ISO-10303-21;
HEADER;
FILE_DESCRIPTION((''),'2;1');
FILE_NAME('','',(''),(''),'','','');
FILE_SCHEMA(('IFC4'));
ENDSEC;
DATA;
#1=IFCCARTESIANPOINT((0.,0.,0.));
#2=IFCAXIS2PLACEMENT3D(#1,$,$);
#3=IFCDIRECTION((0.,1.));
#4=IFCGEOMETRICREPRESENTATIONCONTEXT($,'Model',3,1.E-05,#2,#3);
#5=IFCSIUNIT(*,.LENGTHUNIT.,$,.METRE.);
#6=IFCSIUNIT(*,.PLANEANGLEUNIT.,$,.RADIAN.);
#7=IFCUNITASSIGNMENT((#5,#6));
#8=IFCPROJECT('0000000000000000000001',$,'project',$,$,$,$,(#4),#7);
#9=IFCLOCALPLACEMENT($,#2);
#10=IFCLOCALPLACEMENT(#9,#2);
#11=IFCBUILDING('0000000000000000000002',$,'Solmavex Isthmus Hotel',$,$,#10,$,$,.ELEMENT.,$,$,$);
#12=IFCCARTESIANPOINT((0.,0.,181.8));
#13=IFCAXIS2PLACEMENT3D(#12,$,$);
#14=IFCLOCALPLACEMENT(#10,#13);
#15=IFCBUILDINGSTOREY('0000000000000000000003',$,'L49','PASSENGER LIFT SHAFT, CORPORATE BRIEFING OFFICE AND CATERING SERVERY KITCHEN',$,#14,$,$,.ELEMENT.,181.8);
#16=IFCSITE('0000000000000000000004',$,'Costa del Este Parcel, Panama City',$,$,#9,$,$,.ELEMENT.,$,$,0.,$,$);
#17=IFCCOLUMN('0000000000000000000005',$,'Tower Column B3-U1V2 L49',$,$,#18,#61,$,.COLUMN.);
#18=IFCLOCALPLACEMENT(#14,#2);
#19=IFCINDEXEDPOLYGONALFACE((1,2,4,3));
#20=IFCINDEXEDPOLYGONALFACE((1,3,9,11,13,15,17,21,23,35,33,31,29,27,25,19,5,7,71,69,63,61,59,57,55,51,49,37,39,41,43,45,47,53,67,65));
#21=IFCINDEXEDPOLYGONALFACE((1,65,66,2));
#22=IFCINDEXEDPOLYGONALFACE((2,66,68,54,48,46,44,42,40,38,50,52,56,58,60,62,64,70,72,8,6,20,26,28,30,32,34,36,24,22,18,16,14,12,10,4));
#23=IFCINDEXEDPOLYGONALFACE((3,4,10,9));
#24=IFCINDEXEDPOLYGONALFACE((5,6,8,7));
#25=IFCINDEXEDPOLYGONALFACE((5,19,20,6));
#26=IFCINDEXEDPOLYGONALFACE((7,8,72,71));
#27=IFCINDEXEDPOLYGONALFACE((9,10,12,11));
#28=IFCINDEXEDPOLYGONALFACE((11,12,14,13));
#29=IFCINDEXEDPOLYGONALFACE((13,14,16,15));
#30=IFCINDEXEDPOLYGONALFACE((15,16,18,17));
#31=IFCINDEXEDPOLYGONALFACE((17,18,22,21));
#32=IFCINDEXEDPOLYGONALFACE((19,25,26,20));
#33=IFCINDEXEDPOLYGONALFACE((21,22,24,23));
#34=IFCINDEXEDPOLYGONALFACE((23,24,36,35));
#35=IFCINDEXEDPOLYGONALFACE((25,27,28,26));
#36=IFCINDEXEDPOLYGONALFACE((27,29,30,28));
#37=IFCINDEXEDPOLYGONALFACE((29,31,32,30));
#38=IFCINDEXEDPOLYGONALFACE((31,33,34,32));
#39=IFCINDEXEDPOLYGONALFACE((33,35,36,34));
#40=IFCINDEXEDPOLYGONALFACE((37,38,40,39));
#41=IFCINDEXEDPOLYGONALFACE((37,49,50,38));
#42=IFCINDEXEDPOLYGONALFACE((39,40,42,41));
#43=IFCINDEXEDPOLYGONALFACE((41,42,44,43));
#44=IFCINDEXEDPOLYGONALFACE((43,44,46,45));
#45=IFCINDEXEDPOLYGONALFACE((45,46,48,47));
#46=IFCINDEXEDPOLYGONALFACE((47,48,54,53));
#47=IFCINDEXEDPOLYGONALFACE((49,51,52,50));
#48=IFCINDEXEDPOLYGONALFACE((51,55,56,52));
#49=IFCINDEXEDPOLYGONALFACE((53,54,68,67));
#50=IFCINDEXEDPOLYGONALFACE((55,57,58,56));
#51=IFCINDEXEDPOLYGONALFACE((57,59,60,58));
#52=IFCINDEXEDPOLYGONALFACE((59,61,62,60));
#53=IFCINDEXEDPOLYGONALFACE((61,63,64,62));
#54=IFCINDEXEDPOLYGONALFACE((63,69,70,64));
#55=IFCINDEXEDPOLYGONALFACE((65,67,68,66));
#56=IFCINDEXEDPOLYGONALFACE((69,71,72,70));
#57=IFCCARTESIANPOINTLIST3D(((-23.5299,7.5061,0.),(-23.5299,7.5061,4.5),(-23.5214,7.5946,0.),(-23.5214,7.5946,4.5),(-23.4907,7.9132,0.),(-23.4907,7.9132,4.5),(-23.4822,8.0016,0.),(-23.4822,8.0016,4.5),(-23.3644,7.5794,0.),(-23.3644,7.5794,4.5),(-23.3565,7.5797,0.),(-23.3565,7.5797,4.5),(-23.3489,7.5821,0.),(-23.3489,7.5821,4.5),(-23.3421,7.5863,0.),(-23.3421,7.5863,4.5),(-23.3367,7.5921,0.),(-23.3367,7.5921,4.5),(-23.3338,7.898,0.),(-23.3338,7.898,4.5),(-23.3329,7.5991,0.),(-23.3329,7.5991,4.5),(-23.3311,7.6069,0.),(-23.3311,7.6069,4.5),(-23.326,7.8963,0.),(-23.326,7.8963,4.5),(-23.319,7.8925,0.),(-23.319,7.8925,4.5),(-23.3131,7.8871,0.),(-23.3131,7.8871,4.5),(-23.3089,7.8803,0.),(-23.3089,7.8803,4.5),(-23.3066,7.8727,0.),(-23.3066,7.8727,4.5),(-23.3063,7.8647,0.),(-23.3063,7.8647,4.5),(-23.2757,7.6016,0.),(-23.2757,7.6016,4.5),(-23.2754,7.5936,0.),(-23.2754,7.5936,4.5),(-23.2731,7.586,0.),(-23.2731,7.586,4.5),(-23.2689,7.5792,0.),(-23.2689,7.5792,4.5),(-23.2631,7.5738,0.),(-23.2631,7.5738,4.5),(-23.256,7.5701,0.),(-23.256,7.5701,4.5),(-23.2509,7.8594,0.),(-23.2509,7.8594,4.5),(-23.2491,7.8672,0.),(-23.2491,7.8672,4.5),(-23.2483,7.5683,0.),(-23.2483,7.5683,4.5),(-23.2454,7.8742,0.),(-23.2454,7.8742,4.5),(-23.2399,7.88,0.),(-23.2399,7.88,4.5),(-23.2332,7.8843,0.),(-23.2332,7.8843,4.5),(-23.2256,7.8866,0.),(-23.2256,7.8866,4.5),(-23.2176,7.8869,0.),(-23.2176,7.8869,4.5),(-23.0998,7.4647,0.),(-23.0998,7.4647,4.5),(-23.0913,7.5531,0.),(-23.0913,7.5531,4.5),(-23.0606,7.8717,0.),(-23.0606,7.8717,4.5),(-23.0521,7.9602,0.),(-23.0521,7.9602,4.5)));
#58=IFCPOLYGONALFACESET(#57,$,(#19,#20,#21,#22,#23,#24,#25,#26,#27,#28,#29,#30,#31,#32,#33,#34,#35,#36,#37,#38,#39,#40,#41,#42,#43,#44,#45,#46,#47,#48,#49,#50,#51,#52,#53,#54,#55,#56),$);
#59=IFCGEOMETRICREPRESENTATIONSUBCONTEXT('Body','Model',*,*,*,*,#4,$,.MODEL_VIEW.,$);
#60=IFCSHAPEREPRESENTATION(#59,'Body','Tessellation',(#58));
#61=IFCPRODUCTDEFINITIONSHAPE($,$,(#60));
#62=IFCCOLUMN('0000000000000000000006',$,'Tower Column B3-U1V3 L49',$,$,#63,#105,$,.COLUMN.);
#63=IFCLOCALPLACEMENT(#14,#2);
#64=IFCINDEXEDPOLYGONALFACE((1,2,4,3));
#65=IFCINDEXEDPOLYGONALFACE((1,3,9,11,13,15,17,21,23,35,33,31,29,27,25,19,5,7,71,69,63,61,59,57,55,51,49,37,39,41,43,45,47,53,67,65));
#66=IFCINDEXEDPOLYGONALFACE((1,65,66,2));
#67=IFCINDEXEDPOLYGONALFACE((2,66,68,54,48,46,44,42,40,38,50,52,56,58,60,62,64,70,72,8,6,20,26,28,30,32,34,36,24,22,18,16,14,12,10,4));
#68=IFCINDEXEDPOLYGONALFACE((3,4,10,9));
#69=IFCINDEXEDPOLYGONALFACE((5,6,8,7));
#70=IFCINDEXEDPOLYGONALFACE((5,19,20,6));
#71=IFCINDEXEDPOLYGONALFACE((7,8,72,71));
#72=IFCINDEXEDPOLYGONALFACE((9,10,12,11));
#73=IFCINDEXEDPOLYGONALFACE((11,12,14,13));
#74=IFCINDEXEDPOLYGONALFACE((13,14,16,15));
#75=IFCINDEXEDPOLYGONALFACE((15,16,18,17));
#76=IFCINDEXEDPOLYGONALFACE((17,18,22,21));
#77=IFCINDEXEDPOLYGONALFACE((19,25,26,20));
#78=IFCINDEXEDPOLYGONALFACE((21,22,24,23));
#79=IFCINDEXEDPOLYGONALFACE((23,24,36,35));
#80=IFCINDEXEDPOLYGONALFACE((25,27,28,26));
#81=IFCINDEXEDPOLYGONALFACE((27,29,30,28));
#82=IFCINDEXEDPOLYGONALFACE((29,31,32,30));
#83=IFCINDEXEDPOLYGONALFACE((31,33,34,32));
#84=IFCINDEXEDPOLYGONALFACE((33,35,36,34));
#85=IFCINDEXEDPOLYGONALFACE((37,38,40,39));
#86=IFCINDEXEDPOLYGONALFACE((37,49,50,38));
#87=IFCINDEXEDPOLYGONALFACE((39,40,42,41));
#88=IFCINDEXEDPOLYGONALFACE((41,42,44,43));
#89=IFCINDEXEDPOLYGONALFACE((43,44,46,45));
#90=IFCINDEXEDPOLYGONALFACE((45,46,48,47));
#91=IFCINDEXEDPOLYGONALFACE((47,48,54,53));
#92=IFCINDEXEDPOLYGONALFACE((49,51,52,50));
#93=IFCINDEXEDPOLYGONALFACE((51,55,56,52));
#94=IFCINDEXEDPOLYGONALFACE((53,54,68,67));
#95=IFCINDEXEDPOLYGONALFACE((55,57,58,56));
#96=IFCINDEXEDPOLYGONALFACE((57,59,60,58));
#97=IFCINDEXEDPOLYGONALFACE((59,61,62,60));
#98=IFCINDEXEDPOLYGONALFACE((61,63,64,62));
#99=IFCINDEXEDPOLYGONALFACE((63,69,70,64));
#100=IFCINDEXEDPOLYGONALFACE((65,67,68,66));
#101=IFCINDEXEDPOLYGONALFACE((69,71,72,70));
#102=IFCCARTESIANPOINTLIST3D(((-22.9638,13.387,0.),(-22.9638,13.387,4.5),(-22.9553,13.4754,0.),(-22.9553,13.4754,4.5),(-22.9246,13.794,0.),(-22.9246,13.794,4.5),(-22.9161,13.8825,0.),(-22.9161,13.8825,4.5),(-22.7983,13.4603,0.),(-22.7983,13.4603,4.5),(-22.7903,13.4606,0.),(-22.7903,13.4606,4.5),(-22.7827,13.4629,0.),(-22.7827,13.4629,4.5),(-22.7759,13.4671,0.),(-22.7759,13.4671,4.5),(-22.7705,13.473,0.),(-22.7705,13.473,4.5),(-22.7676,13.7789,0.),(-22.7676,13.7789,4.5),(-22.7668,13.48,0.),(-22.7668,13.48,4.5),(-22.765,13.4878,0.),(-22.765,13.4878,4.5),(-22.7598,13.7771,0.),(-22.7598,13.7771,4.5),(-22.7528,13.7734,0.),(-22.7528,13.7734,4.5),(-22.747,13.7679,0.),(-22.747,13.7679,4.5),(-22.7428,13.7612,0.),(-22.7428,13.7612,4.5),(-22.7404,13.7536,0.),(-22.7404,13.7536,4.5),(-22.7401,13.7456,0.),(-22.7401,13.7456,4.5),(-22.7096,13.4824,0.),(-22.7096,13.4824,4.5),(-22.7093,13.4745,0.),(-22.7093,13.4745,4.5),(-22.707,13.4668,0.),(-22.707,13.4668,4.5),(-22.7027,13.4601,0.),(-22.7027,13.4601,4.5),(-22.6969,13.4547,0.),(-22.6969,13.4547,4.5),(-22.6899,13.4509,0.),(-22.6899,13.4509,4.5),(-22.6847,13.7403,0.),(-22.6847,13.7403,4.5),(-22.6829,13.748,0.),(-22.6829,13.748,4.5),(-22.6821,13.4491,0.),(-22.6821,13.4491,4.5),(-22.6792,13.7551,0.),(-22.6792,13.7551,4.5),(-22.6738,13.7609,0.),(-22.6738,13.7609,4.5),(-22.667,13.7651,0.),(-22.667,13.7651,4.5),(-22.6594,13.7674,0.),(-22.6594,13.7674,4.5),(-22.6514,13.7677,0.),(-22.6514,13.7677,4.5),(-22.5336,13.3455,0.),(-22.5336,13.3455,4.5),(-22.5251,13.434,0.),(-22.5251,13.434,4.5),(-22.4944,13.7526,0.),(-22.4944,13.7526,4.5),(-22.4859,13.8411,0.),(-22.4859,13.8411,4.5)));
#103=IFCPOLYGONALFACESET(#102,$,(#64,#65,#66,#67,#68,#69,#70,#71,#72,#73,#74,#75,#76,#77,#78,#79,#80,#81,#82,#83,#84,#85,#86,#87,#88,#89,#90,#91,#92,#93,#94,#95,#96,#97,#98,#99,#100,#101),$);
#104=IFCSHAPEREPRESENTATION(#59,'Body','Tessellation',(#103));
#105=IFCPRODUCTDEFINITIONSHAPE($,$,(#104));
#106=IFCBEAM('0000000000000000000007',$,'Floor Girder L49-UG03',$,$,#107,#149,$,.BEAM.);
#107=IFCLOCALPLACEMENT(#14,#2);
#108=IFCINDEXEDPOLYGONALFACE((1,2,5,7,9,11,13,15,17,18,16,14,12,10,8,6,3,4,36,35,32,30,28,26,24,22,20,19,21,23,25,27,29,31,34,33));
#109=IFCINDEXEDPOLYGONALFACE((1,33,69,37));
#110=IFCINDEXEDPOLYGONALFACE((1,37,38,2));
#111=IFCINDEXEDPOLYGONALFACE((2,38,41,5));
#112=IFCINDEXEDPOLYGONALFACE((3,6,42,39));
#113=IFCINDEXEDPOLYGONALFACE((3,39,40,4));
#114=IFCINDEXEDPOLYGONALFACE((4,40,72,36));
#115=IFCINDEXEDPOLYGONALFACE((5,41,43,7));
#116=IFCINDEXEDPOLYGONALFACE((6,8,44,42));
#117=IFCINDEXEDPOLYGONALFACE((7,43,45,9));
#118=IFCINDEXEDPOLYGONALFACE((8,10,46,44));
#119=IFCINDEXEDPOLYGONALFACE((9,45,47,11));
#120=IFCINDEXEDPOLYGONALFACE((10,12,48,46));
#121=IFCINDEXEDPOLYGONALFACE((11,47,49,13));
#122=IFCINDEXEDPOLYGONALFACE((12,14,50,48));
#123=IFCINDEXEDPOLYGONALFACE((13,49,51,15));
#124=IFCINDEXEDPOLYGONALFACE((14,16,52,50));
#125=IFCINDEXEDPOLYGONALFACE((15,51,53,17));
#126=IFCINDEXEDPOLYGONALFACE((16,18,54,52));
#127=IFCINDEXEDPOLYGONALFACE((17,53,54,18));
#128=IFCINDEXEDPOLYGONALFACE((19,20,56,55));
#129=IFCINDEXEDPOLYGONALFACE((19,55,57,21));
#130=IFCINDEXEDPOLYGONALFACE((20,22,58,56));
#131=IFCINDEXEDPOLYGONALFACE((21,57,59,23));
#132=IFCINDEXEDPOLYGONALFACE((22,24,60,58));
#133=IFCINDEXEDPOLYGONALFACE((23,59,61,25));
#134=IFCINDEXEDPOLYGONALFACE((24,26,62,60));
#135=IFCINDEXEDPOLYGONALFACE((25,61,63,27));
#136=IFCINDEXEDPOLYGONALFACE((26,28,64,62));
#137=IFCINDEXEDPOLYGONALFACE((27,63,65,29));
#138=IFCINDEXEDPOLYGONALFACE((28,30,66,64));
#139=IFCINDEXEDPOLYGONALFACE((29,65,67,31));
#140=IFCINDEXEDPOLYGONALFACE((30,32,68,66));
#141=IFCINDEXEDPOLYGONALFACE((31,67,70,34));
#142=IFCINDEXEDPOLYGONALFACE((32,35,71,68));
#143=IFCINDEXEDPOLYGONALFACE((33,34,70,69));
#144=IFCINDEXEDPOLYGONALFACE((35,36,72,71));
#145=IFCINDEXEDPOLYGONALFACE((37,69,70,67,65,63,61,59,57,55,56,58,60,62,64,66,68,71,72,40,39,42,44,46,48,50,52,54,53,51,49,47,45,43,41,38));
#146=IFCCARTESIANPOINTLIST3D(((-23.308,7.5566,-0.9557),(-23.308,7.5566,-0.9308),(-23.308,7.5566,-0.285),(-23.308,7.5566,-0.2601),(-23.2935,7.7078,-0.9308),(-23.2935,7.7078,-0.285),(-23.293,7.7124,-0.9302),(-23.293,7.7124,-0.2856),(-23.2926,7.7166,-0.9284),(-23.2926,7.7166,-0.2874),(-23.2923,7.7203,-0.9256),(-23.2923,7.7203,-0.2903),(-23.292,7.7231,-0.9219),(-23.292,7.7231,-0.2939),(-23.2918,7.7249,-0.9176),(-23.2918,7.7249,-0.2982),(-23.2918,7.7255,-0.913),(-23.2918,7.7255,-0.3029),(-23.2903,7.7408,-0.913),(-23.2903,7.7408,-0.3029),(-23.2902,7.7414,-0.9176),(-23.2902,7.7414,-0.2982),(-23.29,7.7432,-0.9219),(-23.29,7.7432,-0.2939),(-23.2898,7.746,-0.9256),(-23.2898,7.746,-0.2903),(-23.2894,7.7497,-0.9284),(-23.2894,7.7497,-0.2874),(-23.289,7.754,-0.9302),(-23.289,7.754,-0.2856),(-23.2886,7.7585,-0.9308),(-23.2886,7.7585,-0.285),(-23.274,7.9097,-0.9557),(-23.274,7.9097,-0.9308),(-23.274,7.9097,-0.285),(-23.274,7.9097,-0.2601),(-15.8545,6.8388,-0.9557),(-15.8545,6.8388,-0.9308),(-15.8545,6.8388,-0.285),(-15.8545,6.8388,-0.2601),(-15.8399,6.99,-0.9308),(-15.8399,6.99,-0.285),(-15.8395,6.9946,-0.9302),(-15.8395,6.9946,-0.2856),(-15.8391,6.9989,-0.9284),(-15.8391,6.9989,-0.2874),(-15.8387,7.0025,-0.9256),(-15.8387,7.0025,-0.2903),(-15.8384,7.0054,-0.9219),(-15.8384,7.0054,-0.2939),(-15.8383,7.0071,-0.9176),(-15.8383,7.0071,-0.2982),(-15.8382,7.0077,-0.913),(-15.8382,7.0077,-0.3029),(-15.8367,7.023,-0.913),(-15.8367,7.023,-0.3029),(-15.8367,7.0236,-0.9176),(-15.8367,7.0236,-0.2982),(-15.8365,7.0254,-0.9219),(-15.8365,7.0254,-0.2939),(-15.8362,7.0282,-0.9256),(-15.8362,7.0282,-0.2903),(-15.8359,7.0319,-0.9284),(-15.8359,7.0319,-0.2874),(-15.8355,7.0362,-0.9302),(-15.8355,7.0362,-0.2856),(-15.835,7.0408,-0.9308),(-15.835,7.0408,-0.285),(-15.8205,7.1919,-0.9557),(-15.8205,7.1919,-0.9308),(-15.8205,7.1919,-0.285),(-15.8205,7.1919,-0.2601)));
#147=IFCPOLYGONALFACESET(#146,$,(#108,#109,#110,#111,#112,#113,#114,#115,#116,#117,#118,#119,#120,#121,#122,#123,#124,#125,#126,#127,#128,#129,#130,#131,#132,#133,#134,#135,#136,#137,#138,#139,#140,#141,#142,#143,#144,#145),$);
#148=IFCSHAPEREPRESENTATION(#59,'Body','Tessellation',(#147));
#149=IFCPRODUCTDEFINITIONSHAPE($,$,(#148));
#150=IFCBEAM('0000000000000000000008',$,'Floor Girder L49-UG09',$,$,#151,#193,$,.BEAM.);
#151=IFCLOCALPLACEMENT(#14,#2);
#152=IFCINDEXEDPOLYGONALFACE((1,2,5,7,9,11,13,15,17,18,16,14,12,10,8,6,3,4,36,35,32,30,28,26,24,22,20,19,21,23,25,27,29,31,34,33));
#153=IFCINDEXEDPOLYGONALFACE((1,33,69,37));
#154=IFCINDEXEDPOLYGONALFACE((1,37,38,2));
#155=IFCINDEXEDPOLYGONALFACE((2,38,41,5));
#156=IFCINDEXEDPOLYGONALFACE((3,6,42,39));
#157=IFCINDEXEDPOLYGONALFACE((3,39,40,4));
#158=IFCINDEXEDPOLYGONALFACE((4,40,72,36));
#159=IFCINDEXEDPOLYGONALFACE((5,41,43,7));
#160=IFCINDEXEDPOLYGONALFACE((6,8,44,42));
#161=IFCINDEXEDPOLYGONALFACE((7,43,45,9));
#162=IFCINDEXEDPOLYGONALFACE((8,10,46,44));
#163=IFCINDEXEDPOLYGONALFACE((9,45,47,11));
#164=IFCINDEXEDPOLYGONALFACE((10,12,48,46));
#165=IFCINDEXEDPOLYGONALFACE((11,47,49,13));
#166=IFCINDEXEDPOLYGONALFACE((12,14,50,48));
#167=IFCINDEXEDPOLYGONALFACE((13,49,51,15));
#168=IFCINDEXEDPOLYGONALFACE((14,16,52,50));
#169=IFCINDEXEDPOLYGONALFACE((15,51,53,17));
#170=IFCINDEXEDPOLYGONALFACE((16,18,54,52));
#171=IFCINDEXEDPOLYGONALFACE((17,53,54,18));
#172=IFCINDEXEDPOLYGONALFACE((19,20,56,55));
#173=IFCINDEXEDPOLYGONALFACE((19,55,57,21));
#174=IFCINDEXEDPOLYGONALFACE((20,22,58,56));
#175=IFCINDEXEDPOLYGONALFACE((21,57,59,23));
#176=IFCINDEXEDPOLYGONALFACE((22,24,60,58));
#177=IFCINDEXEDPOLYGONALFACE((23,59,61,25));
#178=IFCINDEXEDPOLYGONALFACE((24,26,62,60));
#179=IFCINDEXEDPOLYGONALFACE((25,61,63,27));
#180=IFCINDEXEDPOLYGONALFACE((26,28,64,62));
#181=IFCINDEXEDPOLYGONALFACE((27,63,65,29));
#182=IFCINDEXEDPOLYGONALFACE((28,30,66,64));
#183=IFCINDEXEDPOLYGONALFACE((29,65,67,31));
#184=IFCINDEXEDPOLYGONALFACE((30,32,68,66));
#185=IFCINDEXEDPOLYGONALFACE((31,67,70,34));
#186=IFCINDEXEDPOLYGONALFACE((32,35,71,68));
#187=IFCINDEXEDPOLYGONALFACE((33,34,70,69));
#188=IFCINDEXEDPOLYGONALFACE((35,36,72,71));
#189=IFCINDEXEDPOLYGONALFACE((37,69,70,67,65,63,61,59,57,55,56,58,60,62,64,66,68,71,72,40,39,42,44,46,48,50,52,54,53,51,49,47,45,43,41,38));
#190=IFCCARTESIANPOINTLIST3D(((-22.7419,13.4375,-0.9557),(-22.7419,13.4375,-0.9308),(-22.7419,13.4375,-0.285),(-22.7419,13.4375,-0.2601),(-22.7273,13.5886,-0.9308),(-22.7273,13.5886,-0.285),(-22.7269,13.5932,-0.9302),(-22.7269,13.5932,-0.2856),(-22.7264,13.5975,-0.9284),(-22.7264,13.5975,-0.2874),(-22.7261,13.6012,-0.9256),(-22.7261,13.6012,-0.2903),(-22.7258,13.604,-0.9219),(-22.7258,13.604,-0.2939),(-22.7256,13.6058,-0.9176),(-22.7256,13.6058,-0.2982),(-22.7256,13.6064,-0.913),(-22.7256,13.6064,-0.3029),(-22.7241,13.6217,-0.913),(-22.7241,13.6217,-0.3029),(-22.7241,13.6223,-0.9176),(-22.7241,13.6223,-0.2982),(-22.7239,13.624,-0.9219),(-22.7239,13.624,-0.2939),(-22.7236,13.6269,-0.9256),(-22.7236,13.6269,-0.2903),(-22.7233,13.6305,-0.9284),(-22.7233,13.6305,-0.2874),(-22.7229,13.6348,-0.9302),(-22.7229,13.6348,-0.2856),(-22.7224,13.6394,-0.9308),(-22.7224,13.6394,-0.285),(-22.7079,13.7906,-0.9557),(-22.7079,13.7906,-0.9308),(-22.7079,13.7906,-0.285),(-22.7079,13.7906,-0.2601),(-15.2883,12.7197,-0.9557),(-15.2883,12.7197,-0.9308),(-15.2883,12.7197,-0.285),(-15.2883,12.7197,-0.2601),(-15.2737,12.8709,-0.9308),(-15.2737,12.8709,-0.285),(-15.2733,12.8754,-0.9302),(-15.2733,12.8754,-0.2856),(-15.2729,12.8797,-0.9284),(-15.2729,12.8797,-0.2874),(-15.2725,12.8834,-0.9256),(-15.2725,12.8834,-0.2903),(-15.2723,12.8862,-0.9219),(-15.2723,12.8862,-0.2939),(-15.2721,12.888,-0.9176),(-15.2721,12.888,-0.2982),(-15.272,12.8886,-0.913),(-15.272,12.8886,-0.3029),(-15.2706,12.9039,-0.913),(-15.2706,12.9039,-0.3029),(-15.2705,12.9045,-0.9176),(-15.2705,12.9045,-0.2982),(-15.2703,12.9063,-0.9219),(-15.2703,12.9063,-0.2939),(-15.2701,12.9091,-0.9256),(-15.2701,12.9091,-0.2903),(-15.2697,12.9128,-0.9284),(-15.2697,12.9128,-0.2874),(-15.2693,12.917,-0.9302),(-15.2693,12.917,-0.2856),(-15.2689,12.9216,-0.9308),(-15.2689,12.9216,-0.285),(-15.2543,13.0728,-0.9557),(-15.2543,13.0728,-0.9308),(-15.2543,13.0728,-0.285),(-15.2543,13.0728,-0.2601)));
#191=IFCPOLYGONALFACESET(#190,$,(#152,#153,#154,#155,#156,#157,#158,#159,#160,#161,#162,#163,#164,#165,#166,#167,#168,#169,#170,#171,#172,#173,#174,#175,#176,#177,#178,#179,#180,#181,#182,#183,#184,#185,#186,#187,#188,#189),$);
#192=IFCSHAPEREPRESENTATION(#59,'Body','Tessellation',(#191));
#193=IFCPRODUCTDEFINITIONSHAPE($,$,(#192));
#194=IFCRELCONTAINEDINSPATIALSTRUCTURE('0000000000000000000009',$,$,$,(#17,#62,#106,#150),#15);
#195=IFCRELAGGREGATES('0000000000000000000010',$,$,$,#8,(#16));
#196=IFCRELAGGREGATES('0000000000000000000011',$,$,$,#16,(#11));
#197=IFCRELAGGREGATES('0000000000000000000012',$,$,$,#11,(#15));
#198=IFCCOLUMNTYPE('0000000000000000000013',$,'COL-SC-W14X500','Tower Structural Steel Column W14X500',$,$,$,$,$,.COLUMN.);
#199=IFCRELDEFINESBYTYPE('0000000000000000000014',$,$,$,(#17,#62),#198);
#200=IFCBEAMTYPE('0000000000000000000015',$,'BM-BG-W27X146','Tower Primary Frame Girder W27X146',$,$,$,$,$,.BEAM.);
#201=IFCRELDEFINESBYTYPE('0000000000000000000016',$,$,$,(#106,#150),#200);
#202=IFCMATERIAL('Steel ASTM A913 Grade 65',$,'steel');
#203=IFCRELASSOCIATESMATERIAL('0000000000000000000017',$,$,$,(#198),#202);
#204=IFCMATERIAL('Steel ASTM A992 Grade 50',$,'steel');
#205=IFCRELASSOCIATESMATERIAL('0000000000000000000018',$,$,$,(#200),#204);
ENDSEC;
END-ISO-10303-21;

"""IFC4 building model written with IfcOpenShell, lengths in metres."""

from ifc_helpers import new_model, si_unit, direction, frame, origin, origin_2d, place, context, subcontext, project, spatial, i_section, extrude, material, material_profile, profile_set, type_object, element, save


model = new_model("IFC4")

# Units and contexts
model_context = context("Model", 3, precision=1e-05, world=origin(), true_north=direction((0.0, 1.0)))
body_context = subcontext(model_context, "Body", "Model", "MODEL_VIEW")
ifc_project = project(units=[si_unit("LENGTHUNIT", "METRE"), si_unit("PLANEANGLEUNIT", "RADIAN")], contexts=[model_context])

# Site, building, storey
site_placement = place(None, origin())
site = spatial("IfcSite", under=ifc_project, at=site_placement, Name="Costa del Este Parcel, Panama City", CompositionType="ELEMENT", RefElevation=0.0)
building_placement = place(site_placement, origin())
building = spatial("IfcBuilding", under=site, at=building_placement, Name="Solmavex Isthmus Hotel", CompositionType="ELEMENT")
storey_placement = place(building_placement, frame((0.0, 0.0, 181.8)))
storey = spatial("IfcBuildingStorey", under=building, at=storey_placement, Name="L49", Description="PASSENGER LIFT SHAFT, CORPORATE BRIEFING OFFICE AND CATERING SERVERY KITCHEN", CompositionType="ELEMENT", Elevation=181.8)

# Columns
ifc_material_1 = material(Name="Steel ASTM A913 Grade 65", Category="steel")
ifc_material_profile_1 = material_profile(ifc_material_1, i_section(OverallWidth=0.4321, OverallDepth=0.4978, WebThickness=0.0557, FlangeThickness=0.0889, FilletRadius=0.0305, at=origin_2d()), Name="W14X500")
ifc_profile_set_1 = profile_set([ifc_material_profile_1], Name="Steel ASTM A913 Grade 65")
column_type = type_object("IfcColumnType", Name="COL-SC-W14X500", Description="Tower Structural Steel Column W14X500", PredefinedType="COLUMN", material=ifc_profile_set_1)
for number, where, z_axis, x_axis, name in (
    (1, (-23.291, 7.7332, 0.0), (0.0, 0.0, 1.0), (0.995396, -0.095846, 0.0), "Tower Column B3-U1V2 L49"),
    (2, (-22.7249, 13.614, 0.0), (0.0, 0.0, 1.0), (0.995396, -0.095846, 0.0), "Tower Column B3-U1V3 L49"),
):
    element("IfcColumn", number, at=place(storey_placement, frame(where, z_axis=z_axis, x_axis=x_axis)), inside=storey, type_object=column_type, Name=name, PredefinedType="COLUMN", context=body_context, shape_type="SweptSolid", body=[
        extrude(i_section(OverallWidth=0.4321, OverallDepth=0.4978, WebThickness=0.0557, FlangeThickness=0.0889, FilletRadius=0.0305, at=origin_2d()), origin(), (0.0, 0.0, 1.0), 4.5),
    ])

# Beams
ifc_material_2 = material(Name="Steel ASTM A992 Grade 50", Category="steel")
ifc_material_profile_2 = material_profile(ifc_material_2, i_section(OverallWidth=0.3547, OverallDepth=0.6956, WebThickness=0.0154, FlangeThickness=0.0249, FilletRadius=0.0178, at=origin_2d()), Name="W27X146")
ifc_profile_set_2 = profile_set([ifc_material_profile_2], Name="Steel ASTM A992 Grade 50")
beam_type_1 = type_object("IfcBeamType", Name="BM-BG-W27X146", Description="Tower Primary Frame Girder W27X146", PredefinedType="BEAM", material=ifc_profile_set_2)
for number, where, z_axis, x_axis, name in (
    (3, (-23.291, 7.7332, -0.6079), (0.995395, -0.095855, 0.0), (0.095855, 0.995395, 0.0), "Floor Girder L49-UG03"),
    (4, (-22.7249, 13.614, -0.6079), (0.995395, -0.095855, 0.0), (0.095855, 0.995395, 0.0), "Floor Girder L49-UG09"),
):
    element("IfcBeam", number, at=place(storey_placement, frame(where, z_axis=z_axis, x_axis=x_axis)), inside=storey, type_object=beam_type_1, Name=name, PredefinedType="BEAM", context=body_context, shape_type="SweptSolid", body=[
        extrude(i_section(OverallWidth=0.3547, OverallDepth=0.6956, WebThickness=0.0154, FlangeThickness=0.0249, FilletRadius=0.0178, at=origin_2d()), origin(), (0.0, 0.0, 1.0), 7.488),
    ])

save(model, "model.ifc")
